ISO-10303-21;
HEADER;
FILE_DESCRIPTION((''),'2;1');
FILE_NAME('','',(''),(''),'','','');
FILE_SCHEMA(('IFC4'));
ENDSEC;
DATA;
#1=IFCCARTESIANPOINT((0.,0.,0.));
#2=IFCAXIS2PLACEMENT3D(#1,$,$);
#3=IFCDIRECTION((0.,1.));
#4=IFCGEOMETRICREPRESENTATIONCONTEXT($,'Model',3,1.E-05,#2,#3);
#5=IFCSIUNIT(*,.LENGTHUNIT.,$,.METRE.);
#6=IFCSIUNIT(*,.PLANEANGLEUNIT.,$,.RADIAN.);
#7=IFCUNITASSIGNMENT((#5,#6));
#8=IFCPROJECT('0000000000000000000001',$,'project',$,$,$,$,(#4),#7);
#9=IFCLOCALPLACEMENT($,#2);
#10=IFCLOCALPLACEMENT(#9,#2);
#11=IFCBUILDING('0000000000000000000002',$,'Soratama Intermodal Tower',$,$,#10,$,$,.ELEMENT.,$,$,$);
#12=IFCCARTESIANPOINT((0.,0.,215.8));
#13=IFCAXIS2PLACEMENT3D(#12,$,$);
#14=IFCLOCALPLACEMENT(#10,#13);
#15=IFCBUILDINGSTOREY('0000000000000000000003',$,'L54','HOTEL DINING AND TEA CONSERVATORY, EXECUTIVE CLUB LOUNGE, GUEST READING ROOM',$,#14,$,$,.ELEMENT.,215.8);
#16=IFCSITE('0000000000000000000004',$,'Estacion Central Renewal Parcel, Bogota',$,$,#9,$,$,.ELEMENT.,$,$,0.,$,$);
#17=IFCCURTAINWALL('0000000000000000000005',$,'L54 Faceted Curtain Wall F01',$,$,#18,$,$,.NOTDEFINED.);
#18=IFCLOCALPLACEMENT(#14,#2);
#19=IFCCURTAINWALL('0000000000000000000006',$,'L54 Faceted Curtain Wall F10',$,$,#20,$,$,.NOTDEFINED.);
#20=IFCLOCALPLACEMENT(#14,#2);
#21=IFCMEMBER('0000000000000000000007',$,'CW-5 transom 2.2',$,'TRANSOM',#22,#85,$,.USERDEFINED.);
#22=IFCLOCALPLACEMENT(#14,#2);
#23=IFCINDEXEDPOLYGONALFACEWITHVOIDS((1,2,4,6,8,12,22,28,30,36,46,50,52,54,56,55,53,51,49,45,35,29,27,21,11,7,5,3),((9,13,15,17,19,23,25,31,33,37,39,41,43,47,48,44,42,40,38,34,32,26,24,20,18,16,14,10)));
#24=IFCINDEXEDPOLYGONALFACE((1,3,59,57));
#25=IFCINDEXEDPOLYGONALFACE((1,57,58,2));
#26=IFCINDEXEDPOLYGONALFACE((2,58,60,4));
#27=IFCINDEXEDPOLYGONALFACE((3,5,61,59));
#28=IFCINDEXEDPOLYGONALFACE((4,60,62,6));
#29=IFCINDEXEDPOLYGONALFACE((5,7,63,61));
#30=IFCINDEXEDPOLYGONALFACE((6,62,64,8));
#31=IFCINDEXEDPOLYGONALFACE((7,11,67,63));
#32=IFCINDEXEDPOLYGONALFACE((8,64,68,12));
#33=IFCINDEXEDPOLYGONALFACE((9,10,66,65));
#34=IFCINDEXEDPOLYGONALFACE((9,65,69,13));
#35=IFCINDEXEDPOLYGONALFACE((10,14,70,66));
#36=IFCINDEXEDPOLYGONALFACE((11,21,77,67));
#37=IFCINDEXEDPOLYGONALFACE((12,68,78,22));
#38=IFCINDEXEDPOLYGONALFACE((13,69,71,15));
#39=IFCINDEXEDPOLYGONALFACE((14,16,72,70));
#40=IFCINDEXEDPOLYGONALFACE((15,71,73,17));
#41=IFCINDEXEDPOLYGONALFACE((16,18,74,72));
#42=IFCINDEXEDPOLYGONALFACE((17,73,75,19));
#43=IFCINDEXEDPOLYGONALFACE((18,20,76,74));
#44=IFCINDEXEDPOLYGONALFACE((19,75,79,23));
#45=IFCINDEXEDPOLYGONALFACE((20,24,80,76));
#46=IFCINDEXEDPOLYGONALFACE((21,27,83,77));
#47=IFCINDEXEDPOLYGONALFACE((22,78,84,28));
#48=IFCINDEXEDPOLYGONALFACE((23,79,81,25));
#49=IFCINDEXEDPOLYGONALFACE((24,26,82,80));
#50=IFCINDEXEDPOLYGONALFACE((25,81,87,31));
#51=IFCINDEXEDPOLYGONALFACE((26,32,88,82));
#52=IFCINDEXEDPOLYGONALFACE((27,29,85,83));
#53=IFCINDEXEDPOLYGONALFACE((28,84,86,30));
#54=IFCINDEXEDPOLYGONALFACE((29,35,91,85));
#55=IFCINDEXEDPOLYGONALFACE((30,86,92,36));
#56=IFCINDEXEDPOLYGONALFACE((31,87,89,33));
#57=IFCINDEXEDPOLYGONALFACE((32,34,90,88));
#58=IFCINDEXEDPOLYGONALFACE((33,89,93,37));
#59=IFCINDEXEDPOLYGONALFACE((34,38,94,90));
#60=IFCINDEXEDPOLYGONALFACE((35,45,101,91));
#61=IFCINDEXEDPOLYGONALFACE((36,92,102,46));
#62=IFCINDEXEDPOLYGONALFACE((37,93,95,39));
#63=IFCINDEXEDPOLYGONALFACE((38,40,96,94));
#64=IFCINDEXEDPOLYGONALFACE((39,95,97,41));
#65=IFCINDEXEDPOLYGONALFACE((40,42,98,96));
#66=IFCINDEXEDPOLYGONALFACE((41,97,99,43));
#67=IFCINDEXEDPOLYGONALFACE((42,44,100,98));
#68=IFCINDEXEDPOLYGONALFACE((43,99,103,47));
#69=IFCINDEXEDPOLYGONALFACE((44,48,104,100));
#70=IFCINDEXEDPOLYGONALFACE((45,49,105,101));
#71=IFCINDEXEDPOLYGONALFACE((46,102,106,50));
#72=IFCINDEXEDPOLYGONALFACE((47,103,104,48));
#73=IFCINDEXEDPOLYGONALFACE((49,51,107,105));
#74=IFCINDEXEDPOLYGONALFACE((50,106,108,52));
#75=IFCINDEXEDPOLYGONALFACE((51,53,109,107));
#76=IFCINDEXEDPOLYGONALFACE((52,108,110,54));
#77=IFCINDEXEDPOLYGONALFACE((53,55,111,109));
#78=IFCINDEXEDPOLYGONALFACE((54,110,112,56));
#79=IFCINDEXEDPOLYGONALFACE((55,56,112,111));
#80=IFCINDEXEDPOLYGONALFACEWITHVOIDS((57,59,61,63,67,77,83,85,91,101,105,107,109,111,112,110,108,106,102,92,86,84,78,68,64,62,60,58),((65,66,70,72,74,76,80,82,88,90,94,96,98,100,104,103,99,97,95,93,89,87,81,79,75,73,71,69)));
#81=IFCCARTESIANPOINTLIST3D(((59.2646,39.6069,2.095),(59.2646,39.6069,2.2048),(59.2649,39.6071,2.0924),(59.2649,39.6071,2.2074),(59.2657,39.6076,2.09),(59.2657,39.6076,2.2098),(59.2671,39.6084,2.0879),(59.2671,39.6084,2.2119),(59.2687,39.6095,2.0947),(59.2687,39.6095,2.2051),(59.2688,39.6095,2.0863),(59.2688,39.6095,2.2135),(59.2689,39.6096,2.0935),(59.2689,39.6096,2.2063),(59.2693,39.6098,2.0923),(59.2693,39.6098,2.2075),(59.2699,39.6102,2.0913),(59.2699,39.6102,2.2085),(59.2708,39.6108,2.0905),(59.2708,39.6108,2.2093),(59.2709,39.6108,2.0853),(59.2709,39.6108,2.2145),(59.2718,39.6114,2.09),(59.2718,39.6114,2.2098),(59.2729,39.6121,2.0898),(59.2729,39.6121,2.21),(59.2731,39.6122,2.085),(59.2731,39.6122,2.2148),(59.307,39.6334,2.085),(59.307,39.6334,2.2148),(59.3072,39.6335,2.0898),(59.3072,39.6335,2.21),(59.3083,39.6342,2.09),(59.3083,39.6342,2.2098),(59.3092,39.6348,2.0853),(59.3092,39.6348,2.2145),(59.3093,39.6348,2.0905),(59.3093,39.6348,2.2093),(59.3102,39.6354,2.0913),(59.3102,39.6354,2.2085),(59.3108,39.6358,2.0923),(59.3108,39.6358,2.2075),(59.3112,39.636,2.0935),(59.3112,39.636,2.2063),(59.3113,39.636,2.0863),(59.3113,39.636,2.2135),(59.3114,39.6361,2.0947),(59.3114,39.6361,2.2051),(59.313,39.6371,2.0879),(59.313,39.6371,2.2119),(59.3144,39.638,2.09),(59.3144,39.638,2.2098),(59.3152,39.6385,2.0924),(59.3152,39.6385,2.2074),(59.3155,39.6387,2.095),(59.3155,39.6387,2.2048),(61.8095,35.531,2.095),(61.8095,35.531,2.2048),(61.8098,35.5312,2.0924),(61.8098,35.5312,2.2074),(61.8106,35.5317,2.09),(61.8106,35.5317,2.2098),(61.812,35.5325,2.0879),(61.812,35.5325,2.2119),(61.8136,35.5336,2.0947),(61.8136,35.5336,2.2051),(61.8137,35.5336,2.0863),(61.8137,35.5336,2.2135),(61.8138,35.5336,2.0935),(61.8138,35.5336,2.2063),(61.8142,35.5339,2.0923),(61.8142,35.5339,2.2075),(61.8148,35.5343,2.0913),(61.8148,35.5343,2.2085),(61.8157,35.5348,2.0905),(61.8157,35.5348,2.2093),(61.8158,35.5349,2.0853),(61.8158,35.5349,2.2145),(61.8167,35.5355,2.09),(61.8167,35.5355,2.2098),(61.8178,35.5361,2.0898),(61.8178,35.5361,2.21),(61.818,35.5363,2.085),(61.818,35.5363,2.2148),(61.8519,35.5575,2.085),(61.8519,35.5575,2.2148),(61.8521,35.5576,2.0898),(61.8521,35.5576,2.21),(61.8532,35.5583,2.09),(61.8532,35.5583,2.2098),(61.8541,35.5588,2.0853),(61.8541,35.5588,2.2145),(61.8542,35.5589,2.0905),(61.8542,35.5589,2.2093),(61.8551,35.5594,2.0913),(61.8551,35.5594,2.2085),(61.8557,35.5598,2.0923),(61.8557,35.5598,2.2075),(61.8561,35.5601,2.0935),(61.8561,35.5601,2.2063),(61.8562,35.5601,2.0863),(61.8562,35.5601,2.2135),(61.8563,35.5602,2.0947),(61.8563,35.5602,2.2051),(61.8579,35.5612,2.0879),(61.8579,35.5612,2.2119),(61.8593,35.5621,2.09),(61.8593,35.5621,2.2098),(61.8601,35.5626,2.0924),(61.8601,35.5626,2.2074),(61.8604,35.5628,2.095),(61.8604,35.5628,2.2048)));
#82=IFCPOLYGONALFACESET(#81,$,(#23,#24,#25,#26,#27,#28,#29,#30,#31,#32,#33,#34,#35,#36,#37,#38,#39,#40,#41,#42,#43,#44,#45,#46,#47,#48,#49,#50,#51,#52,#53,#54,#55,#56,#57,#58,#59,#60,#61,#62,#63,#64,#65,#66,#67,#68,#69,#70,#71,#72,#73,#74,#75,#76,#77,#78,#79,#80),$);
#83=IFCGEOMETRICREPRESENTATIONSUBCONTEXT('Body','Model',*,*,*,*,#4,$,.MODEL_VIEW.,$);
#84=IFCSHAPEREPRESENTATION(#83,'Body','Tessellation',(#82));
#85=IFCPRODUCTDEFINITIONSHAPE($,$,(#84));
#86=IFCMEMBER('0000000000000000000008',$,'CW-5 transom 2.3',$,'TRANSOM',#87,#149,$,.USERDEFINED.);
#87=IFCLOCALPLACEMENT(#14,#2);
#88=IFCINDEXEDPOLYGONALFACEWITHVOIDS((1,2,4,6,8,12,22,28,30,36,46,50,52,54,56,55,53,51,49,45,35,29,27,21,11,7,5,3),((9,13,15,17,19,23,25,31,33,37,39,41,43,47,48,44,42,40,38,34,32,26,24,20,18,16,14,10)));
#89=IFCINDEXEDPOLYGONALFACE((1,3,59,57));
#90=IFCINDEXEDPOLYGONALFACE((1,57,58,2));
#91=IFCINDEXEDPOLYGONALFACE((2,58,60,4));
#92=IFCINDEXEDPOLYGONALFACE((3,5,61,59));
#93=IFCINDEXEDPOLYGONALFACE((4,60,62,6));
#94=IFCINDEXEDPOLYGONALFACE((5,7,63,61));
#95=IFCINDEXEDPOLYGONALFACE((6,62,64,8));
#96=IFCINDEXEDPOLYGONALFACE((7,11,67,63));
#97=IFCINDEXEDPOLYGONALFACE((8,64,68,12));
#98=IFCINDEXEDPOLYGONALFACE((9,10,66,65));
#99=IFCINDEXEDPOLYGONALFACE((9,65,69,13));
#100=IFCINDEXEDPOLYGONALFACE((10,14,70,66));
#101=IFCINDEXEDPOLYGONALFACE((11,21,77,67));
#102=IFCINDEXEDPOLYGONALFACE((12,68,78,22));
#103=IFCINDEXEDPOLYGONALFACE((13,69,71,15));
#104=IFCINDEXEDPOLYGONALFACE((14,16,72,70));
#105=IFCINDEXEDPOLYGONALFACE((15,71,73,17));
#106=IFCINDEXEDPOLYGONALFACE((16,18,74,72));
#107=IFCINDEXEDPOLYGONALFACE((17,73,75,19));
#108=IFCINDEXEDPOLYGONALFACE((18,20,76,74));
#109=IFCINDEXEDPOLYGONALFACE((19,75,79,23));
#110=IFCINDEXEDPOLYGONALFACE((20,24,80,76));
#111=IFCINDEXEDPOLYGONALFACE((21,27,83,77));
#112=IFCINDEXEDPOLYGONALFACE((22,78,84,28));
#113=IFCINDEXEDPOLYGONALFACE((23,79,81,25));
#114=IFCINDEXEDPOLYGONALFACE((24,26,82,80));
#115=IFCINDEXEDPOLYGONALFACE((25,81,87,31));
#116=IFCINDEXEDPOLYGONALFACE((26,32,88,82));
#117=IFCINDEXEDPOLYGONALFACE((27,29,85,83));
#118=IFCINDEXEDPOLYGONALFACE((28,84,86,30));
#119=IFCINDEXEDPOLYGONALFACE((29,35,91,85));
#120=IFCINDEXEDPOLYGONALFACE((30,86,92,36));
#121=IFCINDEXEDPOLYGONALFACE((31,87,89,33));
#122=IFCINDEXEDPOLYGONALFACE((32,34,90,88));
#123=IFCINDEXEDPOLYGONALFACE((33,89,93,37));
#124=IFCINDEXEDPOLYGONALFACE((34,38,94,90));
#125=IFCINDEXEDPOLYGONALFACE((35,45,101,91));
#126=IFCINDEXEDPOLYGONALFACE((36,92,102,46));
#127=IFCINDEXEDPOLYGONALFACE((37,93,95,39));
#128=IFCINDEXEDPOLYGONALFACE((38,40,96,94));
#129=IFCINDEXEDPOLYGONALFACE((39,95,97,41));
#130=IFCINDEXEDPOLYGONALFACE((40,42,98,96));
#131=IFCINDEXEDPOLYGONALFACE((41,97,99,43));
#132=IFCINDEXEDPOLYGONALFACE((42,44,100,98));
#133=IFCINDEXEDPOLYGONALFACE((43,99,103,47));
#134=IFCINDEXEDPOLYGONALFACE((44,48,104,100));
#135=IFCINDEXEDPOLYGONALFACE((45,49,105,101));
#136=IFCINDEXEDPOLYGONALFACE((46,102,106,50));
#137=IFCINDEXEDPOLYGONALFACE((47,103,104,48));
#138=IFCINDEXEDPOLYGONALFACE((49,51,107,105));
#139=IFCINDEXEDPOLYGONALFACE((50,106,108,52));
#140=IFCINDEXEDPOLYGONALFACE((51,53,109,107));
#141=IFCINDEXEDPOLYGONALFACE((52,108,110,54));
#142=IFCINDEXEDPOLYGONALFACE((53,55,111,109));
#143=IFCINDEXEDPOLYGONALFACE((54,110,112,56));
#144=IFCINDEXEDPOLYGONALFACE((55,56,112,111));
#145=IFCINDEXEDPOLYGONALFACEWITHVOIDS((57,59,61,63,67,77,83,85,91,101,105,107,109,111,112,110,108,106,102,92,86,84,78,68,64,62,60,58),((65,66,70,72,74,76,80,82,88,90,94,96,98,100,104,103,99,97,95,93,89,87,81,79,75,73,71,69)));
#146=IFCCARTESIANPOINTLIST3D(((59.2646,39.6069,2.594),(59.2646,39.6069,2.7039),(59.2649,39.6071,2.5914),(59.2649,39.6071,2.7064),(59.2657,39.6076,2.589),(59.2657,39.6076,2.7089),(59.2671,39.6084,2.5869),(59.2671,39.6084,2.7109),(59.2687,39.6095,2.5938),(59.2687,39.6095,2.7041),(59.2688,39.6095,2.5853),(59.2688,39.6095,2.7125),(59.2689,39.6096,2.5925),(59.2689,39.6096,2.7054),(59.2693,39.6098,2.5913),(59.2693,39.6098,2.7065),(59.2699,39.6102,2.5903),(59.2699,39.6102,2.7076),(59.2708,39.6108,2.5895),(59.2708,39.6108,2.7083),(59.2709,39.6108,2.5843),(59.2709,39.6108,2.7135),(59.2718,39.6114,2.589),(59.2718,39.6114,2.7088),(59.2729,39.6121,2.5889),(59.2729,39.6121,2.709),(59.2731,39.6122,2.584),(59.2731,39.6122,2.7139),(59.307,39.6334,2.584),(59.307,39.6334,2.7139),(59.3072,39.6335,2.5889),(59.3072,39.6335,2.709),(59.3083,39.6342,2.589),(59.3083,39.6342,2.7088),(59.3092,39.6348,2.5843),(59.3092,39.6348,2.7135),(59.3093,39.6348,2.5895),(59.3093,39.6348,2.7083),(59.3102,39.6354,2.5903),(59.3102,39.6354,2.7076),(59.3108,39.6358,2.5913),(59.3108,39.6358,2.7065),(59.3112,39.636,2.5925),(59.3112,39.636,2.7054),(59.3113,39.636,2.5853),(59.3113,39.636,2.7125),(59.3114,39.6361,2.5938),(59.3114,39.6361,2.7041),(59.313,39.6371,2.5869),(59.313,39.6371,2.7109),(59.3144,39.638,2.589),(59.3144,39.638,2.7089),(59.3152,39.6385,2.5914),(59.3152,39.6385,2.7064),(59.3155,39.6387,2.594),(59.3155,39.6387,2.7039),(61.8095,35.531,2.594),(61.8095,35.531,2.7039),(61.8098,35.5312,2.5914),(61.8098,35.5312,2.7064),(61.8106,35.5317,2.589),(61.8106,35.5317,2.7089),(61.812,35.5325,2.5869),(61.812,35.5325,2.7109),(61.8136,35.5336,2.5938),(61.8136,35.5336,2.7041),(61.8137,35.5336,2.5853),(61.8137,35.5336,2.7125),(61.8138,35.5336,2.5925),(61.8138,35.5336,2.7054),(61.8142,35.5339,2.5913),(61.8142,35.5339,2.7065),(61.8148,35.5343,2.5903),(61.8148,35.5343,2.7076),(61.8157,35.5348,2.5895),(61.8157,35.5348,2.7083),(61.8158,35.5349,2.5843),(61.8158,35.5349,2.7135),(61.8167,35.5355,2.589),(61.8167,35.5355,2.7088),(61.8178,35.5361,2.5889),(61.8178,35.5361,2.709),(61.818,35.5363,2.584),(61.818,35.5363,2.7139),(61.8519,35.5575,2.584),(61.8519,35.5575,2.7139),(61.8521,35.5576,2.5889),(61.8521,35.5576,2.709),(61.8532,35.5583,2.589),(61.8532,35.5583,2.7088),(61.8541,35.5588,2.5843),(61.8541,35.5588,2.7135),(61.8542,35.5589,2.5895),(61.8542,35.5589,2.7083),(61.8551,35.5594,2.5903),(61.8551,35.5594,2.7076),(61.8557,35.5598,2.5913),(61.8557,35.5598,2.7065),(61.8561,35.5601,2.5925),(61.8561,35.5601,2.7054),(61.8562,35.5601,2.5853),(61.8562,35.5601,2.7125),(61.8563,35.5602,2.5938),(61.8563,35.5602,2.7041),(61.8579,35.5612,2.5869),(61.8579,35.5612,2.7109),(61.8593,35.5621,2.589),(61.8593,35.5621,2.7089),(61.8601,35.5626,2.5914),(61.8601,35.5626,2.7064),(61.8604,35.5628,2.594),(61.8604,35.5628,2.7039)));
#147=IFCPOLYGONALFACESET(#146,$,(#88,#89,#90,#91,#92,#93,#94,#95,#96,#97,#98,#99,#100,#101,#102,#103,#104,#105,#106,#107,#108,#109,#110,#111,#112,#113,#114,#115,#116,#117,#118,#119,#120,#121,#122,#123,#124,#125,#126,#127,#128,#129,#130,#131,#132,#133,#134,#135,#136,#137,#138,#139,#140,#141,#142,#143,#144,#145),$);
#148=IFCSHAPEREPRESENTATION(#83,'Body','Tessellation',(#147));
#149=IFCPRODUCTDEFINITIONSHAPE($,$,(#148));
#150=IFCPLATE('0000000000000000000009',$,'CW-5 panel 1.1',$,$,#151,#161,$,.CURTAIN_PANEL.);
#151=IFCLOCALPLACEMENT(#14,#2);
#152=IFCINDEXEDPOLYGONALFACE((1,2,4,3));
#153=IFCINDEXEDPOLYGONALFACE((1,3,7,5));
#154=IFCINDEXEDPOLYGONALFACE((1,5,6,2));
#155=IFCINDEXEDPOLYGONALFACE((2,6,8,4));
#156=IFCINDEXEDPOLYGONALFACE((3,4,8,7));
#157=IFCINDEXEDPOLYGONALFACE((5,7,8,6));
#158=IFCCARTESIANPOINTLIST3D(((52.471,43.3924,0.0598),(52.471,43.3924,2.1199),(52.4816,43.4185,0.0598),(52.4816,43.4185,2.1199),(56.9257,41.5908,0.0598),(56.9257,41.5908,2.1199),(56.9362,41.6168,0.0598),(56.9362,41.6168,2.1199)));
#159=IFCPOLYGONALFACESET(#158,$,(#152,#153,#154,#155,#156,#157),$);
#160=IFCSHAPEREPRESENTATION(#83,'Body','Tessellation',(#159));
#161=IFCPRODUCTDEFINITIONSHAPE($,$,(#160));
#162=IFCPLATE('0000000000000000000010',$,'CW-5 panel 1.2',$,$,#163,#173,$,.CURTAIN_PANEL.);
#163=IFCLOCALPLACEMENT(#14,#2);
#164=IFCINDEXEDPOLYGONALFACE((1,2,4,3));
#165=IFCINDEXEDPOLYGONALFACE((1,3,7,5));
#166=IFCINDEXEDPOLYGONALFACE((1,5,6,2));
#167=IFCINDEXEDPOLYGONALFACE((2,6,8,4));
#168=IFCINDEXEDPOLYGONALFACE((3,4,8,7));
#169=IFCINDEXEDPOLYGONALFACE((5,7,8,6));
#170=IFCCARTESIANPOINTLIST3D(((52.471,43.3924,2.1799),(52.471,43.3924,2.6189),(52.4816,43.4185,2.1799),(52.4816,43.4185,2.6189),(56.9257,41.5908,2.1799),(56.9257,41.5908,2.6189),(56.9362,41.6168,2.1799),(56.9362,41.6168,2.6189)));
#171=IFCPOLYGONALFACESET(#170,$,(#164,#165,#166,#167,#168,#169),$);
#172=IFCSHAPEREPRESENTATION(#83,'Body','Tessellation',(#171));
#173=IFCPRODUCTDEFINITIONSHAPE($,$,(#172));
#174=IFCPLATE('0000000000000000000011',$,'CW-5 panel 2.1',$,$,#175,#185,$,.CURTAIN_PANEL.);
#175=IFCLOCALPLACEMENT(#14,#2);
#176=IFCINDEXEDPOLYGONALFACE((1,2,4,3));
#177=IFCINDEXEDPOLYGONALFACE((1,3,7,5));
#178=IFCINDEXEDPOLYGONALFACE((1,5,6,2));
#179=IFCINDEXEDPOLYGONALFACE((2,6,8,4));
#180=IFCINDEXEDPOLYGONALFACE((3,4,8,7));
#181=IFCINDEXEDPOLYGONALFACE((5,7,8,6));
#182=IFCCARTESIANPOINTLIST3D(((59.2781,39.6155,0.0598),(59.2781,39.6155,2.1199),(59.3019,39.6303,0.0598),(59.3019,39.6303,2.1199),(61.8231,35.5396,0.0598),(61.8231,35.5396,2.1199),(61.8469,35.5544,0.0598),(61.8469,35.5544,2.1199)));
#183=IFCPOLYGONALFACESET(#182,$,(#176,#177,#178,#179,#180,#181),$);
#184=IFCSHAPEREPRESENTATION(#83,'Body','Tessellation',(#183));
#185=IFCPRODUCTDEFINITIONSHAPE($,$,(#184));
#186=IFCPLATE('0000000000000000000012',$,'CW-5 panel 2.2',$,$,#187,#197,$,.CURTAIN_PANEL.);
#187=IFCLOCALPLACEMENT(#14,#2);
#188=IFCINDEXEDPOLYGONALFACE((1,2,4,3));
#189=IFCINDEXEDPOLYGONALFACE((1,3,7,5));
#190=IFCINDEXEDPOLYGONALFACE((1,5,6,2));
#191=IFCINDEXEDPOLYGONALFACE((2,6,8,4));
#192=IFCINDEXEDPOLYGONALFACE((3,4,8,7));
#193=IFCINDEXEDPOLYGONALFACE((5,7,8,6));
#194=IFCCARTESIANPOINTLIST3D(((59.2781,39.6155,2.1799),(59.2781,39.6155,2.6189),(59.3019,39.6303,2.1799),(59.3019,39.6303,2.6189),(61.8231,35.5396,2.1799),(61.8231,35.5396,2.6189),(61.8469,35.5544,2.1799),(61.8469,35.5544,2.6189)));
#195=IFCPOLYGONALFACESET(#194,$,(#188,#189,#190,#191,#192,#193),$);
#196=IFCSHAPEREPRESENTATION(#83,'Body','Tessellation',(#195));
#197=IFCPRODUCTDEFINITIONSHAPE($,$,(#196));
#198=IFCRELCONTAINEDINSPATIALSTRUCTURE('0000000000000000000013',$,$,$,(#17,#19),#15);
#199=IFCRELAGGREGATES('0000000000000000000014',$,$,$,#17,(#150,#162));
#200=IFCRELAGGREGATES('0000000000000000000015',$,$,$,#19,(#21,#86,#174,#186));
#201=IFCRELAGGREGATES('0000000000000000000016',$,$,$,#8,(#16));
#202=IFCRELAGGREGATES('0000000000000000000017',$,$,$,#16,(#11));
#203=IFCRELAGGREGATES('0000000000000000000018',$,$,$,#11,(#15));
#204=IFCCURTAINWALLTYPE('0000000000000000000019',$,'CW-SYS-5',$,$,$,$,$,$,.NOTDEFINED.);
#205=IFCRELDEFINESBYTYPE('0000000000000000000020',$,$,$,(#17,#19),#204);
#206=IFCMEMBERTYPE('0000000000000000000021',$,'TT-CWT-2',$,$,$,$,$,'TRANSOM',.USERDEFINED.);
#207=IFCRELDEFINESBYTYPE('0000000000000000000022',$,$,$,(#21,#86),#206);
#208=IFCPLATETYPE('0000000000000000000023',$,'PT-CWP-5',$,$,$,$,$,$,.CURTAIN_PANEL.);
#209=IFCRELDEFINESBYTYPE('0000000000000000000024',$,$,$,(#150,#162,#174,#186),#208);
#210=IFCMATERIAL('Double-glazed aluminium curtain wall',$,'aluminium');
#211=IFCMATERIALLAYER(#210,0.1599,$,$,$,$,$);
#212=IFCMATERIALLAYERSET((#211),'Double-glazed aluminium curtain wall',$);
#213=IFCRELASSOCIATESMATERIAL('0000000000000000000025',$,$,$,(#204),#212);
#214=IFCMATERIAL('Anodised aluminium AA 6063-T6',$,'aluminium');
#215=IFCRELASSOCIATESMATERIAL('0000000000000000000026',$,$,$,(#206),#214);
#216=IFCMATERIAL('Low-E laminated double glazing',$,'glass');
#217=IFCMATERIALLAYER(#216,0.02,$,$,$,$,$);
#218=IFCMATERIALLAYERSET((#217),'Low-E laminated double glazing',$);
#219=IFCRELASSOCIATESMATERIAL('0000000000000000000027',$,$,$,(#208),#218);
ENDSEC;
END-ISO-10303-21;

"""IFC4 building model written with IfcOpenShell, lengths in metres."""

from ifc_helpers import new_model, si_unit, direction, frame, origin, origin_2d, place, context, subcontext, project, spatial, rectangle, hollow_rectangle, extrude, material, layer, layer_set, material_profile, profile_set, type_object, element, aggregate, save


model = new_model("IFC4")

# Units and contexts
model_context = context("Model", 3, precision=1e-05, world=origin(), true_north=direction((0.0, 1.0)))
body_context = subcontext(model_context, "Body", "Model", "MODEL_VIEW")
ifc_project = project(units=[si_unit("LENGTHUNIT", "METRE"), si_unit("PLANEANGLEUNIT", "RADIAN")], contexts=[model_context])

# Site, building, storey
site_placement = place(None, origin())
site = spatial("IfcSite", under=ifc_project, at=site_placement, Name="Estacion Central Renewal Parcel, Bogota", CompositionType="ELEMENT", RefElevation=0.0)
building_placement = place(site_placement, origin())
building = spatial("IfcBuilding", under=site, at=building_placement, Name="Soratama Intermodal Tower", CompositionType="ELEMENT")
storey_placement = place(building_placement, frame((0.0, 0.0, 215.8)))
storey = spatial("IfcBuildingStorey", under=building, at=storey_placement, Name="L54", Description="HOTEL DINING AND TEA CONSERVATORY, EXECUTIVE CLUB LOUNGE, GUEST READING ROOM", CompositionType="ELEMENT", Elevation=215.8)

# Curtain wall
ifc_material_1 = material(Name="Double-glazed aluminium curtain wall", Category="aluminium")
ifc_layer_1 = layer(ifc_material_1, 0.1599)
ifc_layer_set_1 = layer_set([ifc_layer_1], Name="Double-glazed aluminium curtain wall")
curtain_wall_type = type_object("IfcCurtainWallType", Name="CW-SYS-5", PredefinedType="NOTDEFINED", material=ifc_layer_set_1)
curtain_wall_1_placement = place(storey_placement, origin())
curtain_wall_1 = element("IfcCurtainWall", 1, at=curtain_wall_1_placement, inside=storey, type_object=curtain_wall_type, Name="L54 Faceted Curtain Wall F01", PredefinedType="NOTDEFINED")

# Curtain wall
curtain_wall_2_placement = place(storey_placement, origin())
curtain_wall_2 = element("IfcCurtainWall", 2, at=curtain_wall_2_placement, inside=storey, type_object=curtain_wall_type, Name="L54 Faceted Curtain Wall F10", PredefinedType="NOTDEFINED")

# Members
ifc_material_2 = material(Name="Anodised aluminium AA 6063-T6", Category="aluminium")
ifc_material_profile_1 = material_profile(ifc_material_2, hollow_rectangle(XDim=0.0601, YDim=0.1299, WallThickness=0.0049, InnerFilletRadius=0.0049, OuterFilletRadius=0.01, at=origin_2d()), Name="CWT130X60X5")
ifc_profile_set_1 = profile_set([ifc_material_profile_1], Name="Anodised aluminium AA 6063-T6")
member_type_1 = type_object("IfcMemberType", Name="TT-CWT-2", ElementType="TRANSOM", PredefinedType="USERDEFINED", material=ifc_profile_set_1)
member_1_placement = place(storey_placement, frame((61.835, 35.5469, 2.1499), z_axis=(-0.52962, 0.848235, 0.0), x_axis=(-0.848235, -0.52962, 0.0)))
member_1 = element("IfcMember", 3, at=member_1_placement, type_object=member_type_1, Name="CW-5 transom 2.2", ObjectType="TRANSOM", PredefinedType="USERDEFINED", context=body_context, shape_type="SweptSolid", body=[
    extrude(hollow_rectangle(XDim=0.0601, YDim=0.1299, WallThickness=0.0049, InnerFilletRadius=0.0049, OuterFilletRadius=0.01, at=origin_2d()), origin(), (0.0, 0.0, 1.0), 4.8052),
])
member_2_placement = place(storey_placement, frame((61.835, 35.5469, 2.6489), z_axis=(-0.52962, 0.848235, 0.0), x_axis=(-0.848235, -0.52962, 0.0)))
member_2 = element("IfcMember", 4, at=member_2_placement, type_object=member_type_1, Name="CW-5 transom 2.3", ObjectType="TRANSOM", PredefinedType="USERDEFINED", context=body_context, shape_type="SweptSolid", body=[
    extrude(hollow_rectangle(XDim=0.0601, YDim=0.1299, WallThickness=0.0049, InnerFilletRadius=0.0049, OuterFilletRadius=0.01, at=origin_2d()), origin(), (0.0, 0.0, 1.0), 4.8052),
])

# Plates
ifc_material_3 = material(Name="Low-E laminated double glazing", Category="glass")
ifc_layer_2 = layer(ifc_material_3, 0.02)
ifc_layer_set_2 = layer_set([ifc_layer_2], Name="Low-E laminated double glazing")
plate_type = type_object("IfcPlateType", Name="PT-CWP-5", PredefinedType="CURTAIN_PANEL", material=ifc_layer_set_2)
plate_1_placement = place(storey_placement, frame((54.7036, 42.5046, 0.0598), z_axis=(0.0, 0.0, 1.0), x_axis=(-0.927051, 0.374935, 0.0)))
plate_1 = element("IfcPlate", 5, at=plate_1_placement, type_object=plate_type, Name="CW-5 panel 1.1", PredefinedType="CURTAIN_PANEL", context=body_context, shape_type="SweptSolid", body=[
    extrude(rectangle(XDim=4.8052, YDim=0.0281, at=origin_2d()), origin(), (0.0, 0.0, 1.0), 2.0601),
])
plate_2_placement = place(storey_placement, frame((54.7036, 42.5046, 2.1799), z_axis=(0.0, 0.0, 1.0), x_axis=(-0.927051, 0.374935, 0.0)))
plate_2 = element("IfcPlate", 6, at=plate_2_placement, type_object=plate_type, Name="CW-5 panel 1.2", PredefinedType="CURTAIN_PANEL", context=body_context, shape_type="SweptSolid", body=[
    extrude(rectangle(XDim=4.8052, YDim=0.0281, at=origin_2d()), origin(), (0.0, 0.0, 1.0), 0.439),
])
aggregate(curtain_wall_1, [plate_1, plate_2])
plate_3_placement = place(storey_placement, frame((60.5625, 37.585, 0.0598), z_axis=(0.0, 0.0, 1.0), x_axis=(-0.529626, 0.848231, 0.0)))
plate_3 = element("IfcPlate", 7, at=plate_3_placement, type_object=plate_type, Name="CW-5 panel 2.1", PredefinedType="CURTAIN_PANEL", context=body_context, shape_type="SweptSolid", body=[
    extrude(rectangle(XDim=4.8052, YDim=0.0281, at=origin_2d()), origin(), (0.0, 0.0, 1.0), 2.0601),
])
plate_4_placement = place(storey_placement, frame((60.5625, 37.585, 2.1799), z_axis=(0.0, 0.0, 1.0), x_axis=(-0.529626, 0.848231, 0.0)))
plate_4 = element("IfcPlate", 8, at=plate_4_placement, type_object=plate_type, Name="CW-5 panel 2.2", PredefinedType="CURTAIN_PANEL", context=body_context, shape_type="SweptSolid", body=[
    extrude(rectangle(XDim=4.8052, YDim=0.0281, at=origin_2d()), origin(), (0.0, 0.0, 1.0), 0.439),
])
aggregate(curtain_wall_2, [member_1, member_2, plate_3, plate_4])

save(model, "model.ifc")
